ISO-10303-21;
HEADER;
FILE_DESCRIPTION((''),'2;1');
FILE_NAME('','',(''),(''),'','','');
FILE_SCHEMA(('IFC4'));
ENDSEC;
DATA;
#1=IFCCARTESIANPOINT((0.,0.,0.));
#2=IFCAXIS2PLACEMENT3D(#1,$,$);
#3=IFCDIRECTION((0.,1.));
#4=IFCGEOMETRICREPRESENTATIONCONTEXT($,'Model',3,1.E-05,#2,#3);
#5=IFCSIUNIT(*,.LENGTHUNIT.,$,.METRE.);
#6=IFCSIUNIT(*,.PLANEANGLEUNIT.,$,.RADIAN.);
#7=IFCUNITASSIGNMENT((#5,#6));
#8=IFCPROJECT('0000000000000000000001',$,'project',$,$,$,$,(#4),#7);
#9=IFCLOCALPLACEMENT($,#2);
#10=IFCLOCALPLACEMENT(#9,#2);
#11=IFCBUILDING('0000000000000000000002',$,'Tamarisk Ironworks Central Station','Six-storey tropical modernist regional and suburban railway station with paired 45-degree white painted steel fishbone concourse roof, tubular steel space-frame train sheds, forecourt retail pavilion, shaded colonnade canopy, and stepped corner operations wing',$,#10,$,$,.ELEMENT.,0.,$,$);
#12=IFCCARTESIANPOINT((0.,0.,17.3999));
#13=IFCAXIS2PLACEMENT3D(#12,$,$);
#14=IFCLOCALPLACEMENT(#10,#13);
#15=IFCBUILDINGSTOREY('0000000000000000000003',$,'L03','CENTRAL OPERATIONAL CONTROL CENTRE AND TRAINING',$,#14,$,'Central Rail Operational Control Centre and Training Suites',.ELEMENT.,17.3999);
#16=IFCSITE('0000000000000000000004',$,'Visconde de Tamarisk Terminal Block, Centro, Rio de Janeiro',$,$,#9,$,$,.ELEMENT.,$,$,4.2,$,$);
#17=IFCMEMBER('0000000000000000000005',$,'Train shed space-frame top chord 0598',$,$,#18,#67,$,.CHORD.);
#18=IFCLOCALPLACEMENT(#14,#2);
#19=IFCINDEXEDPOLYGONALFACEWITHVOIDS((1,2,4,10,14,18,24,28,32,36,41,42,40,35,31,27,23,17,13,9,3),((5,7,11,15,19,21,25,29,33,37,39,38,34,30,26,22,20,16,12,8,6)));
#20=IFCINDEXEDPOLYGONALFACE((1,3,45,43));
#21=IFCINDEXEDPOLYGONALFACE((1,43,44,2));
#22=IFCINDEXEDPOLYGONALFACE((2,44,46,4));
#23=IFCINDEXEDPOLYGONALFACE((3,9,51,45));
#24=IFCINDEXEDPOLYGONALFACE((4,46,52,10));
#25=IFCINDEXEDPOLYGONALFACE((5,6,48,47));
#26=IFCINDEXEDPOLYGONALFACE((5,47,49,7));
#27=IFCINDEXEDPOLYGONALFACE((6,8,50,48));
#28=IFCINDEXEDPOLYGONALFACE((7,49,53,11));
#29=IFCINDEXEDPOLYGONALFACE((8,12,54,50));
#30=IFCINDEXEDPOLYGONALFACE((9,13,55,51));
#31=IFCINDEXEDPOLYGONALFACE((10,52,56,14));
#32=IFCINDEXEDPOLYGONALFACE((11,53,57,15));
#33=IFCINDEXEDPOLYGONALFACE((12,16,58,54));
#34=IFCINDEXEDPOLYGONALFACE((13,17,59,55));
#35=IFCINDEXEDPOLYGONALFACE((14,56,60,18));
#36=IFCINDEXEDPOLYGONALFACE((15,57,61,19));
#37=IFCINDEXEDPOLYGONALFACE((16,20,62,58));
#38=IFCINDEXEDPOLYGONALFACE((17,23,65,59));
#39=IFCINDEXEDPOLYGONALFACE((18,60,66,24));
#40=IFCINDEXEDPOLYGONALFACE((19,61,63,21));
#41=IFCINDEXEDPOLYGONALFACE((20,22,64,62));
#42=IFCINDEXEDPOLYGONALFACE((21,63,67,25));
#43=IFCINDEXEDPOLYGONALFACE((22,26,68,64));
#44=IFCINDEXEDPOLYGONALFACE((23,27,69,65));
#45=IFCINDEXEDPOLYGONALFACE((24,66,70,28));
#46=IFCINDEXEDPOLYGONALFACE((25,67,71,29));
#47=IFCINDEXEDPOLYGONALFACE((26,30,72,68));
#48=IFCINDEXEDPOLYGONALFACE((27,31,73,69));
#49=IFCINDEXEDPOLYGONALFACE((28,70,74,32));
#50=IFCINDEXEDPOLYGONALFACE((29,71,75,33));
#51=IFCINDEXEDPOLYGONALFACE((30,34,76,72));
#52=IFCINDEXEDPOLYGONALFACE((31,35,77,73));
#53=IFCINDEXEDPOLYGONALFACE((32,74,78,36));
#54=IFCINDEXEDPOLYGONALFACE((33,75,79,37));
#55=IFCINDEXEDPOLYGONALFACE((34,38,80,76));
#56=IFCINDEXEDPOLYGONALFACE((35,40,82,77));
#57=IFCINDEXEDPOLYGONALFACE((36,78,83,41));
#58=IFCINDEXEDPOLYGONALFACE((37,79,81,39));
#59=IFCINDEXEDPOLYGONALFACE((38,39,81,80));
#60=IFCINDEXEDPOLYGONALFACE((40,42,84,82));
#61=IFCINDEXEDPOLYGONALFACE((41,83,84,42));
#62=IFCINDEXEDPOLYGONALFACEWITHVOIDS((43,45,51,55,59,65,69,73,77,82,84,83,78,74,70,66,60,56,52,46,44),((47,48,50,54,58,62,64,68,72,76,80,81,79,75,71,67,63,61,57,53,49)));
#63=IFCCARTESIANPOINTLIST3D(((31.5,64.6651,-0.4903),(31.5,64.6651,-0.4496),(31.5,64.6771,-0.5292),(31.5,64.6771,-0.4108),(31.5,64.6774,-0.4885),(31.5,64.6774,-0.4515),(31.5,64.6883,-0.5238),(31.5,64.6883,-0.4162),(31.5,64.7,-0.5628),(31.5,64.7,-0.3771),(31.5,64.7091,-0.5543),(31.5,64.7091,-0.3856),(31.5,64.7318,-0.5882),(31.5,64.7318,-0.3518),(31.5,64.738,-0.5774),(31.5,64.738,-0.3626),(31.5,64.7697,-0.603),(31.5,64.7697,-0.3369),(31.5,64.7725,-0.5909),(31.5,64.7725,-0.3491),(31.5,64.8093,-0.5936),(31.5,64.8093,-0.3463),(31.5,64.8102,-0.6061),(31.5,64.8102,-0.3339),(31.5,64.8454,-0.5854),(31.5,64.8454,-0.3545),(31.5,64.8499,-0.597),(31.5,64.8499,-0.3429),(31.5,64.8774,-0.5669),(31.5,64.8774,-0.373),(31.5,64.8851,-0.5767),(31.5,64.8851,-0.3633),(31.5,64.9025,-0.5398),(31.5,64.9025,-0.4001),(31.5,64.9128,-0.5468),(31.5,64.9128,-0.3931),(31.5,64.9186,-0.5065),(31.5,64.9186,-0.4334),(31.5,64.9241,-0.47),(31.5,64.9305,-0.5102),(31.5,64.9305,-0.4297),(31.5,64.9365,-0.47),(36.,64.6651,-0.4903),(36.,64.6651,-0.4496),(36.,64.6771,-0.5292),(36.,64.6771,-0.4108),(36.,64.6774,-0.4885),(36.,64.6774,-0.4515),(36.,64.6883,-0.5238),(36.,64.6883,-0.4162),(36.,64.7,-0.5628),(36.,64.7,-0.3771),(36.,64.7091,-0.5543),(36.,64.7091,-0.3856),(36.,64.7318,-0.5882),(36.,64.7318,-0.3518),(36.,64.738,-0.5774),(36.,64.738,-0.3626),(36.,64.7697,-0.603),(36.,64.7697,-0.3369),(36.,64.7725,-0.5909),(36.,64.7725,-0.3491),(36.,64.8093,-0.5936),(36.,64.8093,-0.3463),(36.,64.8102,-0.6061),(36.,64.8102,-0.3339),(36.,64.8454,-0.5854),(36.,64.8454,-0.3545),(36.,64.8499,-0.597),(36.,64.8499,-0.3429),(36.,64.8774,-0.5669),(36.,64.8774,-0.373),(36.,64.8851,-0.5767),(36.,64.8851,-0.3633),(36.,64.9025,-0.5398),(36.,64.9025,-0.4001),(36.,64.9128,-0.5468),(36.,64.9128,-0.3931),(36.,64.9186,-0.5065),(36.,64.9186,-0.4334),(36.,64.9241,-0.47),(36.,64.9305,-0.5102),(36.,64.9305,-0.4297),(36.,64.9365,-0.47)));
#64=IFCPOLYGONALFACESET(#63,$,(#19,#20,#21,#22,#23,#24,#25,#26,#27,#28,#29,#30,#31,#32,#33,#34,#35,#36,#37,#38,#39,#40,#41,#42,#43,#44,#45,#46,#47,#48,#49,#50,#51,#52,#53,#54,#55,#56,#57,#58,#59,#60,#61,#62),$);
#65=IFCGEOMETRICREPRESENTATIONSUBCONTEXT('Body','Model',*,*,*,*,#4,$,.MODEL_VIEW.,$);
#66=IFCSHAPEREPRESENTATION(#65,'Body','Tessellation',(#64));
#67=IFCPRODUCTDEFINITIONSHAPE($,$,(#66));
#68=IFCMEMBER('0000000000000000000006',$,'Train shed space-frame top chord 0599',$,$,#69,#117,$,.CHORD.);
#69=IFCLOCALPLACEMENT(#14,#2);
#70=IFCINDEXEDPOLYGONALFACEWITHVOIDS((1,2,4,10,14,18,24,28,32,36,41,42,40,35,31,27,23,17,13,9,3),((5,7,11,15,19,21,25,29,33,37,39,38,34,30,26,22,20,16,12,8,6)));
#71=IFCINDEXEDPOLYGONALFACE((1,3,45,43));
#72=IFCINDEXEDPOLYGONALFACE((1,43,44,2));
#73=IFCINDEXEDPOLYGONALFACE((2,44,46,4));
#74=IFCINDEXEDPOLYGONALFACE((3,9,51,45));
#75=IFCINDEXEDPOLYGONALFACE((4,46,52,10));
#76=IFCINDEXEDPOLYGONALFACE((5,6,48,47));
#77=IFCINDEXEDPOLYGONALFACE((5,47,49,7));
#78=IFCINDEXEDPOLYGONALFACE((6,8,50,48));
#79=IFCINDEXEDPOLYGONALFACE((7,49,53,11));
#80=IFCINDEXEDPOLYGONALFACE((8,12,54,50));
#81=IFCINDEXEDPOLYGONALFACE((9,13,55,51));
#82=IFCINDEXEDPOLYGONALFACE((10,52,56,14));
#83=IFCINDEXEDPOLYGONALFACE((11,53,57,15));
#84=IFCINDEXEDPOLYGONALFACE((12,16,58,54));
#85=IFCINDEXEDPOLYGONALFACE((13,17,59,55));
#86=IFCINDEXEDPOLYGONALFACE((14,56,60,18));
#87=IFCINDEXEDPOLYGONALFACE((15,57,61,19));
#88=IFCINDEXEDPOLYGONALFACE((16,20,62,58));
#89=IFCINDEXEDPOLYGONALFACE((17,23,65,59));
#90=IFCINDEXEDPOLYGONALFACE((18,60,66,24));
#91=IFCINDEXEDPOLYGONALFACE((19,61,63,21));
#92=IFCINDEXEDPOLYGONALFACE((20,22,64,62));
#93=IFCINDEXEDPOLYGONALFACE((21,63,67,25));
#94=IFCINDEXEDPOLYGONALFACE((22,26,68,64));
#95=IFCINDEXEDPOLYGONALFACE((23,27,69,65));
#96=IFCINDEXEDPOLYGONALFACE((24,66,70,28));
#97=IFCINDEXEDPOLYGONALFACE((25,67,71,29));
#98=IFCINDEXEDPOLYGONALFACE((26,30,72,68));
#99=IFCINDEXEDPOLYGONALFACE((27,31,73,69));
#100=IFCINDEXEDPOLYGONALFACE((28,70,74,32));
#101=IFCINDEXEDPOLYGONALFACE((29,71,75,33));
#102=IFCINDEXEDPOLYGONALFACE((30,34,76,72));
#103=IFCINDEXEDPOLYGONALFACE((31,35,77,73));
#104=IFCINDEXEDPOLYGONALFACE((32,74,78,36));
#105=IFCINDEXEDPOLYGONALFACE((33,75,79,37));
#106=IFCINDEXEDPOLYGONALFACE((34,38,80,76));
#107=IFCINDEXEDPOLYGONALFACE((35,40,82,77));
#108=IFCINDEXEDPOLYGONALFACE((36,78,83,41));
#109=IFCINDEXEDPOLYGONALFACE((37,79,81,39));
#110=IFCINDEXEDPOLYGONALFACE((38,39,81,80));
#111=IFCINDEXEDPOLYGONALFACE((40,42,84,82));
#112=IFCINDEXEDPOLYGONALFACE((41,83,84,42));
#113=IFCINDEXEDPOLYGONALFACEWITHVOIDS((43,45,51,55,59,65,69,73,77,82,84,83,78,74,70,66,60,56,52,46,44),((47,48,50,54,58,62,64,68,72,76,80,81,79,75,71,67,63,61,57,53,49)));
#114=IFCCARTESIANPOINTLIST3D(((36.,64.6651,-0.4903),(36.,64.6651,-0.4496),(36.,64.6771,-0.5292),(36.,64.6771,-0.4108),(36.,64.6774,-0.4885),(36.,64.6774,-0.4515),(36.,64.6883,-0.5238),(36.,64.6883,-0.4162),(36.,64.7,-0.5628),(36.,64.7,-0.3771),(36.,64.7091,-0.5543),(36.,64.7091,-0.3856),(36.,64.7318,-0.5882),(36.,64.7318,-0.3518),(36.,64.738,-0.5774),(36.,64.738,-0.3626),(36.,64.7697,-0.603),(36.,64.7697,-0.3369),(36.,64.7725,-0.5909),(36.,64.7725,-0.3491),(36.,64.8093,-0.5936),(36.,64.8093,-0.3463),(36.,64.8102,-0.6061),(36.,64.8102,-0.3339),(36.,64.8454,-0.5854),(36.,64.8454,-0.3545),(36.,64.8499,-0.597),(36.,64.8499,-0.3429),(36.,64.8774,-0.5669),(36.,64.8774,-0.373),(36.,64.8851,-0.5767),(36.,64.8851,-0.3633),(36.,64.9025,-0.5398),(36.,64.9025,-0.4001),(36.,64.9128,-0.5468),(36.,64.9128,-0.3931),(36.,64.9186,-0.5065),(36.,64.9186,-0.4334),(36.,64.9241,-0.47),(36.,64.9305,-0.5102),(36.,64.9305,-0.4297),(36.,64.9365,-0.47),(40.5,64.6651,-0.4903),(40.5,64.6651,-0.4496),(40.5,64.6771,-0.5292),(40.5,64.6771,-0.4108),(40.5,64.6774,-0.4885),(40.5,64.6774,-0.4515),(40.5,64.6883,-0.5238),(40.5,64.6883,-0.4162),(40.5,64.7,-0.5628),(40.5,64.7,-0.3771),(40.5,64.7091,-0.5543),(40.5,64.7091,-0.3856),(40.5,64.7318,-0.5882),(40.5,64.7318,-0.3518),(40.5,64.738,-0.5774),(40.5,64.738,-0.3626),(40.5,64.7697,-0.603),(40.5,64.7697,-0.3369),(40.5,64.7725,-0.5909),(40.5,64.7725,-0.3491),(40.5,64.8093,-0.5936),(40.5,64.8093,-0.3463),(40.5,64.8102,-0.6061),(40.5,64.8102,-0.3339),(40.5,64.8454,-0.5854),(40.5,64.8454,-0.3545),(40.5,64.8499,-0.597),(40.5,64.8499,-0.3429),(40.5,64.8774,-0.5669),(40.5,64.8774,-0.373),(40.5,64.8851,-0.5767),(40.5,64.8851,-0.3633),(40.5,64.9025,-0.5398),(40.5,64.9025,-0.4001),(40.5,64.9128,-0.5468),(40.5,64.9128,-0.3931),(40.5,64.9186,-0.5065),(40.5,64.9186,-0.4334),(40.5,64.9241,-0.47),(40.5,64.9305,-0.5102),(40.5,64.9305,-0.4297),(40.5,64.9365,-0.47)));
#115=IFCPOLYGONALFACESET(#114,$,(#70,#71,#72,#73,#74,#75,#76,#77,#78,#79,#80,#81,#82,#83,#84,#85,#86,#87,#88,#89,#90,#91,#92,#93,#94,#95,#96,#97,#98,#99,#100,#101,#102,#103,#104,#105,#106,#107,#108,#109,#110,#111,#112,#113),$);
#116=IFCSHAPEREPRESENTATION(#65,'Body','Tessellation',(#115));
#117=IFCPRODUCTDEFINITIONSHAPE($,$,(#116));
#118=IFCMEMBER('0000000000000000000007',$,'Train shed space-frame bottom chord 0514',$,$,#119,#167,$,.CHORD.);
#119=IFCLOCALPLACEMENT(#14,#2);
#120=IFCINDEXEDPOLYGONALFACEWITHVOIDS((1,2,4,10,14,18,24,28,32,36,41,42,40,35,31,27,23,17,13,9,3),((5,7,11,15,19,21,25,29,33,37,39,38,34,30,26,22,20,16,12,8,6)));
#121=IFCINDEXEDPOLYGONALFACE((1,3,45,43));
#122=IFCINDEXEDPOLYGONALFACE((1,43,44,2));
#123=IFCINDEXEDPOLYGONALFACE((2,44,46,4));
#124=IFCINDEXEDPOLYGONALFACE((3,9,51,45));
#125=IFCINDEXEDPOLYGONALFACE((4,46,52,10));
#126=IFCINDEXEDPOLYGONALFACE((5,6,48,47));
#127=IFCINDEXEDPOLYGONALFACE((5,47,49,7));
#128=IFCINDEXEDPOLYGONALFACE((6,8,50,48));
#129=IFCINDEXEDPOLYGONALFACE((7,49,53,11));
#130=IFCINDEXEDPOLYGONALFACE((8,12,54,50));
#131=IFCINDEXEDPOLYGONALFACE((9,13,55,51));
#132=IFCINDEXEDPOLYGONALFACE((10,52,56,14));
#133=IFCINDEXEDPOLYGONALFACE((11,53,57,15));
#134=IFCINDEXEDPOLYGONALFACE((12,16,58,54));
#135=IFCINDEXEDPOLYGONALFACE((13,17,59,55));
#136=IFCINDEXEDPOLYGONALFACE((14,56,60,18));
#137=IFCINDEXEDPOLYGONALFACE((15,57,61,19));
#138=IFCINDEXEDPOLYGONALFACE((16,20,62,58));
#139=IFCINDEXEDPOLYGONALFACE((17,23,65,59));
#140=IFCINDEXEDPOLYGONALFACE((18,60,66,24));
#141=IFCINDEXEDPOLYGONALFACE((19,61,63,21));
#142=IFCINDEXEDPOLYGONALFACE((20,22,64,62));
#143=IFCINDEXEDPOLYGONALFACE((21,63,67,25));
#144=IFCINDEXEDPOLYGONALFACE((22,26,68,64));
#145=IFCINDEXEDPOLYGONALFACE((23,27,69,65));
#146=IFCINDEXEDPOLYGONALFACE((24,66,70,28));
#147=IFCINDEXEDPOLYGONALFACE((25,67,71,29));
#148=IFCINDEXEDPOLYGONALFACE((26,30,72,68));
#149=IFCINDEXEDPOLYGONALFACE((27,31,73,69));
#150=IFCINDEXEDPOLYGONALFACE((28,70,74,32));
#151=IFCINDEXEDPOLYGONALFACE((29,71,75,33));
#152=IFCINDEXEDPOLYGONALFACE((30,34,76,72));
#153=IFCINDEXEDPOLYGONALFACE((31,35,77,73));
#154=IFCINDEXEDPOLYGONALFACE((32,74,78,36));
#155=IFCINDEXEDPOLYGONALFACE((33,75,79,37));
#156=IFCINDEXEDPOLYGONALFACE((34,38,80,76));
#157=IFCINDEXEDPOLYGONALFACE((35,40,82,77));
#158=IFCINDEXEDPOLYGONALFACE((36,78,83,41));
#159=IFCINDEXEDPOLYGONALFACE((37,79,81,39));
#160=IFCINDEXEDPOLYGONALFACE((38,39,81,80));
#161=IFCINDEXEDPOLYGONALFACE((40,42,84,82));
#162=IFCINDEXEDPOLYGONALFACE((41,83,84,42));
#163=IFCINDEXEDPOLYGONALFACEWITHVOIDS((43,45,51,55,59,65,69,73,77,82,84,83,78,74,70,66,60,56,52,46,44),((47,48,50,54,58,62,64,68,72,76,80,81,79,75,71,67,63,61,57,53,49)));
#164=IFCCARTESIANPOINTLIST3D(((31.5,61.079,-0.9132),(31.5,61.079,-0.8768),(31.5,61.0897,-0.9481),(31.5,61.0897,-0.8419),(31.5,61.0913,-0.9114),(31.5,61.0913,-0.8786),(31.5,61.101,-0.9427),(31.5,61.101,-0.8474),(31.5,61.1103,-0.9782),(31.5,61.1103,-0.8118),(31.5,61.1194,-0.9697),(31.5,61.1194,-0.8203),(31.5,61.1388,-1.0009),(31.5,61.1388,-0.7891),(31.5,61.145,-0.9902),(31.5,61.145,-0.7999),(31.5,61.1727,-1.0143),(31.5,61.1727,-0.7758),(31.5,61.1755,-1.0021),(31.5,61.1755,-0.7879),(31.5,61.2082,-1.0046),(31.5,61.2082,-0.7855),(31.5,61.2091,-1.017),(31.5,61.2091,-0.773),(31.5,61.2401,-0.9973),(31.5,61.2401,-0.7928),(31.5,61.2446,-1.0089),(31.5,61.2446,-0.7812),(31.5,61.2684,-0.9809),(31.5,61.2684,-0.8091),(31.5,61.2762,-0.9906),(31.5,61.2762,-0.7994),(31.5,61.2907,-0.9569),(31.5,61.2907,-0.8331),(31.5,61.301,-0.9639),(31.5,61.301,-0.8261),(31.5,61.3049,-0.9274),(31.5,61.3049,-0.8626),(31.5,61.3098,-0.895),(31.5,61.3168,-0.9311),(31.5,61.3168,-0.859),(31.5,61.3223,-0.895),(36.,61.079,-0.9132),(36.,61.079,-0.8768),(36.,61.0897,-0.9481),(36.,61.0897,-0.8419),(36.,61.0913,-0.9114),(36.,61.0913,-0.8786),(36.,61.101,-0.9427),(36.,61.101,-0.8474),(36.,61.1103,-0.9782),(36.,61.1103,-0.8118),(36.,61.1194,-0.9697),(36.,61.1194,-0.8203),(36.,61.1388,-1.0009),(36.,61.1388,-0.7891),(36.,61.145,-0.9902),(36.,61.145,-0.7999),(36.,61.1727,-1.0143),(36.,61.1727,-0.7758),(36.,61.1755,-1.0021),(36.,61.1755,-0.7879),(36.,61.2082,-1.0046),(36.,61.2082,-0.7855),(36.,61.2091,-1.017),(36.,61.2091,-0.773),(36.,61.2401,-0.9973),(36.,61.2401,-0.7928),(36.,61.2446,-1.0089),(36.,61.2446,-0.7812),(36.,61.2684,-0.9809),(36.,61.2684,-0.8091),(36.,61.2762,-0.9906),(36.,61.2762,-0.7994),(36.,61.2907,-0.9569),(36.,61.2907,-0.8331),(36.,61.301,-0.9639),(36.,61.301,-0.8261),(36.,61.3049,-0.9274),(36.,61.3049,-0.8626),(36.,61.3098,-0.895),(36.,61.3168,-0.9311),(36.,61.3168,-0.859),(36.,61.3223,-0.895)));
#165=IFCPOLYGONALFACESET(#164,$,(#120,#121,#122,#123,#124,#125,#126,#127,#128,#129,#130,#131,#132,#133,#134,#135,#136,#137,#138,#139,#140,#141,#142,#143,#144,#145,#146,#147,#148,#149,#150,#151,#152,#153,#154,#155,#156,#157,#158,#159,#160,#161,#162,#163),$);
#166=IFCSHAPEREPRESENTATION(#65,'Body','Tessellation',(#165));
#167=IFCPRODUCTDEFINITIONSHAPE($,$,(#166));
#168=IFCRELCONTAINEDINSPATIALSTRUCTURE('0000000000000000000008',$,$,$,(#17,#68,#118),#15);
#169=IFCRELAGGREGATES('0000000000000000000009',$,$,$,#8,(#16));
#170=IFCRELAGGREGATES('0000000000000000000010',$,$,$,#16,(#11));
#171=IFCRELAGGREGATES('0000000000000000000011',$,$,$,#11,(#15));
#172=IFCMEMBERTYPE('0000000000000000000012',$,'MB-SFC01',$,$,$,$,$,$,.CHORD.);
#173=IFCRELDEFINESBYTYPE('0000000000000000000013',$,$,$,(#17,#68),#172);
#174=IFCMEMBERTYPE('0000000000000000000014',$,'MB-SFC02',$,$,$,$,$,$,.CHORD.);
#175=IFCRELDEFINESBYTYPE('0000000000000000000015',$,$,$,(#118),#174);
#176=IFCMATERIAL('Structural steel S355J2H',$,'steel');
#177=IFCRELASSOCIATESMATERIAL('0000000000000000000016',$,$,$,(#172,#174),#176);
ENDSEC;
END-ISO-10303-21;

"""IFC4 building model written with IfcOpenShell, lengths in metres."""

from ifc_helpers import new_model, si_unit, direction, frame, origin, origin_2d, place, context, subcontext, project, spatial, hollow_circle, extrude, material, material_profile, profile_set, type_object, element, save


model = new_model("IFC4")

# Units and contexts
model_context = context("Model", 3, precision=1e-05, world=origin(), true_north=direction((0.0, 1.0)))
body_context = subcontext(model_context, "Body", "Model", "MODEL_VIEW")
ifc_project = project(units=[si_unit("LENGTHUNIT", "METRE"), si_unit("PLANEANGLEUNIT", "RADIAN")], contexts=[model_context])

# Site, building, storey
site_placement = place(None, origin())
site = spatial("IfcSite", under=ifc_project, at=site_placement, Name="Visconde de Tamarisk Terminal Block, Centro, Rio de Janeiro", CompositionType="ELEMENT", RefElevation=4.2)
building_placement = place(site_placement, origin())
building = spatial("IfcBuilding", under=site, at=building_placement, Name="Tamarisk Ironworks Central Station", Description="Six-storey tropical modernist regional and suburban railway station with paired 45-degree white painted steel fishbone concourse roof, tubular steel space-frame train sheds, forecourt retail pavilion, shaded colonnade canopy, and stepped corner operations wing", CompositionType="ELEMENT", ElevationOfRefHeight=0.0)
storey_placement = place(building_placement, frame((0.0, 0.0, 17.3999)))
storey = spatial("IfcBuildingStorey", under=building, at=storey_placement, Name="L03", Description="CENTRAL OPERATIONAL CONTROL CENTRE AND TRAINING", LongName="Central Rail Operational Control Centre and Training Suites", CompositionType="ELEMENT", Elevation=17.3999)

# Members
ifc_material_1 = material(Name="Structural steel S355J2H", Category="steel")
ifc_material_profile_1 = material_profile(ifc_material_1, hollow_circle(Radius=0.1365, WallThickness=0.0125, at=origin_2d()), Name="CHS 273x12.5")
ifc_profile_set_1 = profile_set([ifc_material_profile_1], Name="Structural steel S355J2H")
member_type_1 = type_object("IfcMemberType", Name="MB-SFC01", PredefinedType="CHORD", material=ifc_profile_set_1)
for number, where, z_axis, x_axis, name in (
    (1, (31.5, 64.8, -0.47), (1.0, 0.0, 0.0), (0.0, 1.0, 0.0), "Train shed space-frame top chord 0598"),
    (2, (36.0, 64.8, -0.47), (1.0, 0.0, 0.0), (0.0, 1.0, 0.0), "Train shed space-frame top chord 0599"),
):
    element("IfcMember", number, at=place(storey_placement, frame(where, z_axis=z_axis, x_axis=x_axis)), inside=storey, type_object=member_type_1, Name=name, PredefinedType="CHORD", context=body_context, shape_type="SweptSolid", body=[
        extrude(hollow_circle(Radius=0.1365, WallThickness=0.0125, at=origin_2d()), origin(), (0.0, 0.0, 1.0), 4.5),
    ])
ifc_material_profile_2 = material_profile(ifc_material_1, hollow_circle(Radius=0.1223, WallThickness=0.0125, at=origin_2d()), Name="CHS 244.5x12.5")
ifc_profile_set_2 = profile_set([ifc_material_profile_2], Name="Structural steel S355J2H")
member_type_2 = type_object("IfcMemberType", Name="MB-SFC02", PredefinedType="CHORD", material=ifc_profile_set_2)
for number, where, z_axis, x_axis, name in (
    (3, (31.5, 61.2, -0.895), (1.0, 0.0, 0.0), (0.0, 1.0, 0.0), "Train shed space-frame bottom chord 0514"),
):
    element("IfcMember", number, at=place(storey_placement, frame(where, z_axis=z_axis, x_axis=x_axis)), inside=storey, type_object=member_type_2, Name=name, PredefinedType="CHORD", context=body_context, shape_type="SweptSolid", body=[
        extrude(hollow_circle(Radius=0.1223, WallThickness=0.0125, at=origin_2d()), origin(), (0.0, 0.0, 1.0), 4.5),
    ])

save(model, "model.ifc")
